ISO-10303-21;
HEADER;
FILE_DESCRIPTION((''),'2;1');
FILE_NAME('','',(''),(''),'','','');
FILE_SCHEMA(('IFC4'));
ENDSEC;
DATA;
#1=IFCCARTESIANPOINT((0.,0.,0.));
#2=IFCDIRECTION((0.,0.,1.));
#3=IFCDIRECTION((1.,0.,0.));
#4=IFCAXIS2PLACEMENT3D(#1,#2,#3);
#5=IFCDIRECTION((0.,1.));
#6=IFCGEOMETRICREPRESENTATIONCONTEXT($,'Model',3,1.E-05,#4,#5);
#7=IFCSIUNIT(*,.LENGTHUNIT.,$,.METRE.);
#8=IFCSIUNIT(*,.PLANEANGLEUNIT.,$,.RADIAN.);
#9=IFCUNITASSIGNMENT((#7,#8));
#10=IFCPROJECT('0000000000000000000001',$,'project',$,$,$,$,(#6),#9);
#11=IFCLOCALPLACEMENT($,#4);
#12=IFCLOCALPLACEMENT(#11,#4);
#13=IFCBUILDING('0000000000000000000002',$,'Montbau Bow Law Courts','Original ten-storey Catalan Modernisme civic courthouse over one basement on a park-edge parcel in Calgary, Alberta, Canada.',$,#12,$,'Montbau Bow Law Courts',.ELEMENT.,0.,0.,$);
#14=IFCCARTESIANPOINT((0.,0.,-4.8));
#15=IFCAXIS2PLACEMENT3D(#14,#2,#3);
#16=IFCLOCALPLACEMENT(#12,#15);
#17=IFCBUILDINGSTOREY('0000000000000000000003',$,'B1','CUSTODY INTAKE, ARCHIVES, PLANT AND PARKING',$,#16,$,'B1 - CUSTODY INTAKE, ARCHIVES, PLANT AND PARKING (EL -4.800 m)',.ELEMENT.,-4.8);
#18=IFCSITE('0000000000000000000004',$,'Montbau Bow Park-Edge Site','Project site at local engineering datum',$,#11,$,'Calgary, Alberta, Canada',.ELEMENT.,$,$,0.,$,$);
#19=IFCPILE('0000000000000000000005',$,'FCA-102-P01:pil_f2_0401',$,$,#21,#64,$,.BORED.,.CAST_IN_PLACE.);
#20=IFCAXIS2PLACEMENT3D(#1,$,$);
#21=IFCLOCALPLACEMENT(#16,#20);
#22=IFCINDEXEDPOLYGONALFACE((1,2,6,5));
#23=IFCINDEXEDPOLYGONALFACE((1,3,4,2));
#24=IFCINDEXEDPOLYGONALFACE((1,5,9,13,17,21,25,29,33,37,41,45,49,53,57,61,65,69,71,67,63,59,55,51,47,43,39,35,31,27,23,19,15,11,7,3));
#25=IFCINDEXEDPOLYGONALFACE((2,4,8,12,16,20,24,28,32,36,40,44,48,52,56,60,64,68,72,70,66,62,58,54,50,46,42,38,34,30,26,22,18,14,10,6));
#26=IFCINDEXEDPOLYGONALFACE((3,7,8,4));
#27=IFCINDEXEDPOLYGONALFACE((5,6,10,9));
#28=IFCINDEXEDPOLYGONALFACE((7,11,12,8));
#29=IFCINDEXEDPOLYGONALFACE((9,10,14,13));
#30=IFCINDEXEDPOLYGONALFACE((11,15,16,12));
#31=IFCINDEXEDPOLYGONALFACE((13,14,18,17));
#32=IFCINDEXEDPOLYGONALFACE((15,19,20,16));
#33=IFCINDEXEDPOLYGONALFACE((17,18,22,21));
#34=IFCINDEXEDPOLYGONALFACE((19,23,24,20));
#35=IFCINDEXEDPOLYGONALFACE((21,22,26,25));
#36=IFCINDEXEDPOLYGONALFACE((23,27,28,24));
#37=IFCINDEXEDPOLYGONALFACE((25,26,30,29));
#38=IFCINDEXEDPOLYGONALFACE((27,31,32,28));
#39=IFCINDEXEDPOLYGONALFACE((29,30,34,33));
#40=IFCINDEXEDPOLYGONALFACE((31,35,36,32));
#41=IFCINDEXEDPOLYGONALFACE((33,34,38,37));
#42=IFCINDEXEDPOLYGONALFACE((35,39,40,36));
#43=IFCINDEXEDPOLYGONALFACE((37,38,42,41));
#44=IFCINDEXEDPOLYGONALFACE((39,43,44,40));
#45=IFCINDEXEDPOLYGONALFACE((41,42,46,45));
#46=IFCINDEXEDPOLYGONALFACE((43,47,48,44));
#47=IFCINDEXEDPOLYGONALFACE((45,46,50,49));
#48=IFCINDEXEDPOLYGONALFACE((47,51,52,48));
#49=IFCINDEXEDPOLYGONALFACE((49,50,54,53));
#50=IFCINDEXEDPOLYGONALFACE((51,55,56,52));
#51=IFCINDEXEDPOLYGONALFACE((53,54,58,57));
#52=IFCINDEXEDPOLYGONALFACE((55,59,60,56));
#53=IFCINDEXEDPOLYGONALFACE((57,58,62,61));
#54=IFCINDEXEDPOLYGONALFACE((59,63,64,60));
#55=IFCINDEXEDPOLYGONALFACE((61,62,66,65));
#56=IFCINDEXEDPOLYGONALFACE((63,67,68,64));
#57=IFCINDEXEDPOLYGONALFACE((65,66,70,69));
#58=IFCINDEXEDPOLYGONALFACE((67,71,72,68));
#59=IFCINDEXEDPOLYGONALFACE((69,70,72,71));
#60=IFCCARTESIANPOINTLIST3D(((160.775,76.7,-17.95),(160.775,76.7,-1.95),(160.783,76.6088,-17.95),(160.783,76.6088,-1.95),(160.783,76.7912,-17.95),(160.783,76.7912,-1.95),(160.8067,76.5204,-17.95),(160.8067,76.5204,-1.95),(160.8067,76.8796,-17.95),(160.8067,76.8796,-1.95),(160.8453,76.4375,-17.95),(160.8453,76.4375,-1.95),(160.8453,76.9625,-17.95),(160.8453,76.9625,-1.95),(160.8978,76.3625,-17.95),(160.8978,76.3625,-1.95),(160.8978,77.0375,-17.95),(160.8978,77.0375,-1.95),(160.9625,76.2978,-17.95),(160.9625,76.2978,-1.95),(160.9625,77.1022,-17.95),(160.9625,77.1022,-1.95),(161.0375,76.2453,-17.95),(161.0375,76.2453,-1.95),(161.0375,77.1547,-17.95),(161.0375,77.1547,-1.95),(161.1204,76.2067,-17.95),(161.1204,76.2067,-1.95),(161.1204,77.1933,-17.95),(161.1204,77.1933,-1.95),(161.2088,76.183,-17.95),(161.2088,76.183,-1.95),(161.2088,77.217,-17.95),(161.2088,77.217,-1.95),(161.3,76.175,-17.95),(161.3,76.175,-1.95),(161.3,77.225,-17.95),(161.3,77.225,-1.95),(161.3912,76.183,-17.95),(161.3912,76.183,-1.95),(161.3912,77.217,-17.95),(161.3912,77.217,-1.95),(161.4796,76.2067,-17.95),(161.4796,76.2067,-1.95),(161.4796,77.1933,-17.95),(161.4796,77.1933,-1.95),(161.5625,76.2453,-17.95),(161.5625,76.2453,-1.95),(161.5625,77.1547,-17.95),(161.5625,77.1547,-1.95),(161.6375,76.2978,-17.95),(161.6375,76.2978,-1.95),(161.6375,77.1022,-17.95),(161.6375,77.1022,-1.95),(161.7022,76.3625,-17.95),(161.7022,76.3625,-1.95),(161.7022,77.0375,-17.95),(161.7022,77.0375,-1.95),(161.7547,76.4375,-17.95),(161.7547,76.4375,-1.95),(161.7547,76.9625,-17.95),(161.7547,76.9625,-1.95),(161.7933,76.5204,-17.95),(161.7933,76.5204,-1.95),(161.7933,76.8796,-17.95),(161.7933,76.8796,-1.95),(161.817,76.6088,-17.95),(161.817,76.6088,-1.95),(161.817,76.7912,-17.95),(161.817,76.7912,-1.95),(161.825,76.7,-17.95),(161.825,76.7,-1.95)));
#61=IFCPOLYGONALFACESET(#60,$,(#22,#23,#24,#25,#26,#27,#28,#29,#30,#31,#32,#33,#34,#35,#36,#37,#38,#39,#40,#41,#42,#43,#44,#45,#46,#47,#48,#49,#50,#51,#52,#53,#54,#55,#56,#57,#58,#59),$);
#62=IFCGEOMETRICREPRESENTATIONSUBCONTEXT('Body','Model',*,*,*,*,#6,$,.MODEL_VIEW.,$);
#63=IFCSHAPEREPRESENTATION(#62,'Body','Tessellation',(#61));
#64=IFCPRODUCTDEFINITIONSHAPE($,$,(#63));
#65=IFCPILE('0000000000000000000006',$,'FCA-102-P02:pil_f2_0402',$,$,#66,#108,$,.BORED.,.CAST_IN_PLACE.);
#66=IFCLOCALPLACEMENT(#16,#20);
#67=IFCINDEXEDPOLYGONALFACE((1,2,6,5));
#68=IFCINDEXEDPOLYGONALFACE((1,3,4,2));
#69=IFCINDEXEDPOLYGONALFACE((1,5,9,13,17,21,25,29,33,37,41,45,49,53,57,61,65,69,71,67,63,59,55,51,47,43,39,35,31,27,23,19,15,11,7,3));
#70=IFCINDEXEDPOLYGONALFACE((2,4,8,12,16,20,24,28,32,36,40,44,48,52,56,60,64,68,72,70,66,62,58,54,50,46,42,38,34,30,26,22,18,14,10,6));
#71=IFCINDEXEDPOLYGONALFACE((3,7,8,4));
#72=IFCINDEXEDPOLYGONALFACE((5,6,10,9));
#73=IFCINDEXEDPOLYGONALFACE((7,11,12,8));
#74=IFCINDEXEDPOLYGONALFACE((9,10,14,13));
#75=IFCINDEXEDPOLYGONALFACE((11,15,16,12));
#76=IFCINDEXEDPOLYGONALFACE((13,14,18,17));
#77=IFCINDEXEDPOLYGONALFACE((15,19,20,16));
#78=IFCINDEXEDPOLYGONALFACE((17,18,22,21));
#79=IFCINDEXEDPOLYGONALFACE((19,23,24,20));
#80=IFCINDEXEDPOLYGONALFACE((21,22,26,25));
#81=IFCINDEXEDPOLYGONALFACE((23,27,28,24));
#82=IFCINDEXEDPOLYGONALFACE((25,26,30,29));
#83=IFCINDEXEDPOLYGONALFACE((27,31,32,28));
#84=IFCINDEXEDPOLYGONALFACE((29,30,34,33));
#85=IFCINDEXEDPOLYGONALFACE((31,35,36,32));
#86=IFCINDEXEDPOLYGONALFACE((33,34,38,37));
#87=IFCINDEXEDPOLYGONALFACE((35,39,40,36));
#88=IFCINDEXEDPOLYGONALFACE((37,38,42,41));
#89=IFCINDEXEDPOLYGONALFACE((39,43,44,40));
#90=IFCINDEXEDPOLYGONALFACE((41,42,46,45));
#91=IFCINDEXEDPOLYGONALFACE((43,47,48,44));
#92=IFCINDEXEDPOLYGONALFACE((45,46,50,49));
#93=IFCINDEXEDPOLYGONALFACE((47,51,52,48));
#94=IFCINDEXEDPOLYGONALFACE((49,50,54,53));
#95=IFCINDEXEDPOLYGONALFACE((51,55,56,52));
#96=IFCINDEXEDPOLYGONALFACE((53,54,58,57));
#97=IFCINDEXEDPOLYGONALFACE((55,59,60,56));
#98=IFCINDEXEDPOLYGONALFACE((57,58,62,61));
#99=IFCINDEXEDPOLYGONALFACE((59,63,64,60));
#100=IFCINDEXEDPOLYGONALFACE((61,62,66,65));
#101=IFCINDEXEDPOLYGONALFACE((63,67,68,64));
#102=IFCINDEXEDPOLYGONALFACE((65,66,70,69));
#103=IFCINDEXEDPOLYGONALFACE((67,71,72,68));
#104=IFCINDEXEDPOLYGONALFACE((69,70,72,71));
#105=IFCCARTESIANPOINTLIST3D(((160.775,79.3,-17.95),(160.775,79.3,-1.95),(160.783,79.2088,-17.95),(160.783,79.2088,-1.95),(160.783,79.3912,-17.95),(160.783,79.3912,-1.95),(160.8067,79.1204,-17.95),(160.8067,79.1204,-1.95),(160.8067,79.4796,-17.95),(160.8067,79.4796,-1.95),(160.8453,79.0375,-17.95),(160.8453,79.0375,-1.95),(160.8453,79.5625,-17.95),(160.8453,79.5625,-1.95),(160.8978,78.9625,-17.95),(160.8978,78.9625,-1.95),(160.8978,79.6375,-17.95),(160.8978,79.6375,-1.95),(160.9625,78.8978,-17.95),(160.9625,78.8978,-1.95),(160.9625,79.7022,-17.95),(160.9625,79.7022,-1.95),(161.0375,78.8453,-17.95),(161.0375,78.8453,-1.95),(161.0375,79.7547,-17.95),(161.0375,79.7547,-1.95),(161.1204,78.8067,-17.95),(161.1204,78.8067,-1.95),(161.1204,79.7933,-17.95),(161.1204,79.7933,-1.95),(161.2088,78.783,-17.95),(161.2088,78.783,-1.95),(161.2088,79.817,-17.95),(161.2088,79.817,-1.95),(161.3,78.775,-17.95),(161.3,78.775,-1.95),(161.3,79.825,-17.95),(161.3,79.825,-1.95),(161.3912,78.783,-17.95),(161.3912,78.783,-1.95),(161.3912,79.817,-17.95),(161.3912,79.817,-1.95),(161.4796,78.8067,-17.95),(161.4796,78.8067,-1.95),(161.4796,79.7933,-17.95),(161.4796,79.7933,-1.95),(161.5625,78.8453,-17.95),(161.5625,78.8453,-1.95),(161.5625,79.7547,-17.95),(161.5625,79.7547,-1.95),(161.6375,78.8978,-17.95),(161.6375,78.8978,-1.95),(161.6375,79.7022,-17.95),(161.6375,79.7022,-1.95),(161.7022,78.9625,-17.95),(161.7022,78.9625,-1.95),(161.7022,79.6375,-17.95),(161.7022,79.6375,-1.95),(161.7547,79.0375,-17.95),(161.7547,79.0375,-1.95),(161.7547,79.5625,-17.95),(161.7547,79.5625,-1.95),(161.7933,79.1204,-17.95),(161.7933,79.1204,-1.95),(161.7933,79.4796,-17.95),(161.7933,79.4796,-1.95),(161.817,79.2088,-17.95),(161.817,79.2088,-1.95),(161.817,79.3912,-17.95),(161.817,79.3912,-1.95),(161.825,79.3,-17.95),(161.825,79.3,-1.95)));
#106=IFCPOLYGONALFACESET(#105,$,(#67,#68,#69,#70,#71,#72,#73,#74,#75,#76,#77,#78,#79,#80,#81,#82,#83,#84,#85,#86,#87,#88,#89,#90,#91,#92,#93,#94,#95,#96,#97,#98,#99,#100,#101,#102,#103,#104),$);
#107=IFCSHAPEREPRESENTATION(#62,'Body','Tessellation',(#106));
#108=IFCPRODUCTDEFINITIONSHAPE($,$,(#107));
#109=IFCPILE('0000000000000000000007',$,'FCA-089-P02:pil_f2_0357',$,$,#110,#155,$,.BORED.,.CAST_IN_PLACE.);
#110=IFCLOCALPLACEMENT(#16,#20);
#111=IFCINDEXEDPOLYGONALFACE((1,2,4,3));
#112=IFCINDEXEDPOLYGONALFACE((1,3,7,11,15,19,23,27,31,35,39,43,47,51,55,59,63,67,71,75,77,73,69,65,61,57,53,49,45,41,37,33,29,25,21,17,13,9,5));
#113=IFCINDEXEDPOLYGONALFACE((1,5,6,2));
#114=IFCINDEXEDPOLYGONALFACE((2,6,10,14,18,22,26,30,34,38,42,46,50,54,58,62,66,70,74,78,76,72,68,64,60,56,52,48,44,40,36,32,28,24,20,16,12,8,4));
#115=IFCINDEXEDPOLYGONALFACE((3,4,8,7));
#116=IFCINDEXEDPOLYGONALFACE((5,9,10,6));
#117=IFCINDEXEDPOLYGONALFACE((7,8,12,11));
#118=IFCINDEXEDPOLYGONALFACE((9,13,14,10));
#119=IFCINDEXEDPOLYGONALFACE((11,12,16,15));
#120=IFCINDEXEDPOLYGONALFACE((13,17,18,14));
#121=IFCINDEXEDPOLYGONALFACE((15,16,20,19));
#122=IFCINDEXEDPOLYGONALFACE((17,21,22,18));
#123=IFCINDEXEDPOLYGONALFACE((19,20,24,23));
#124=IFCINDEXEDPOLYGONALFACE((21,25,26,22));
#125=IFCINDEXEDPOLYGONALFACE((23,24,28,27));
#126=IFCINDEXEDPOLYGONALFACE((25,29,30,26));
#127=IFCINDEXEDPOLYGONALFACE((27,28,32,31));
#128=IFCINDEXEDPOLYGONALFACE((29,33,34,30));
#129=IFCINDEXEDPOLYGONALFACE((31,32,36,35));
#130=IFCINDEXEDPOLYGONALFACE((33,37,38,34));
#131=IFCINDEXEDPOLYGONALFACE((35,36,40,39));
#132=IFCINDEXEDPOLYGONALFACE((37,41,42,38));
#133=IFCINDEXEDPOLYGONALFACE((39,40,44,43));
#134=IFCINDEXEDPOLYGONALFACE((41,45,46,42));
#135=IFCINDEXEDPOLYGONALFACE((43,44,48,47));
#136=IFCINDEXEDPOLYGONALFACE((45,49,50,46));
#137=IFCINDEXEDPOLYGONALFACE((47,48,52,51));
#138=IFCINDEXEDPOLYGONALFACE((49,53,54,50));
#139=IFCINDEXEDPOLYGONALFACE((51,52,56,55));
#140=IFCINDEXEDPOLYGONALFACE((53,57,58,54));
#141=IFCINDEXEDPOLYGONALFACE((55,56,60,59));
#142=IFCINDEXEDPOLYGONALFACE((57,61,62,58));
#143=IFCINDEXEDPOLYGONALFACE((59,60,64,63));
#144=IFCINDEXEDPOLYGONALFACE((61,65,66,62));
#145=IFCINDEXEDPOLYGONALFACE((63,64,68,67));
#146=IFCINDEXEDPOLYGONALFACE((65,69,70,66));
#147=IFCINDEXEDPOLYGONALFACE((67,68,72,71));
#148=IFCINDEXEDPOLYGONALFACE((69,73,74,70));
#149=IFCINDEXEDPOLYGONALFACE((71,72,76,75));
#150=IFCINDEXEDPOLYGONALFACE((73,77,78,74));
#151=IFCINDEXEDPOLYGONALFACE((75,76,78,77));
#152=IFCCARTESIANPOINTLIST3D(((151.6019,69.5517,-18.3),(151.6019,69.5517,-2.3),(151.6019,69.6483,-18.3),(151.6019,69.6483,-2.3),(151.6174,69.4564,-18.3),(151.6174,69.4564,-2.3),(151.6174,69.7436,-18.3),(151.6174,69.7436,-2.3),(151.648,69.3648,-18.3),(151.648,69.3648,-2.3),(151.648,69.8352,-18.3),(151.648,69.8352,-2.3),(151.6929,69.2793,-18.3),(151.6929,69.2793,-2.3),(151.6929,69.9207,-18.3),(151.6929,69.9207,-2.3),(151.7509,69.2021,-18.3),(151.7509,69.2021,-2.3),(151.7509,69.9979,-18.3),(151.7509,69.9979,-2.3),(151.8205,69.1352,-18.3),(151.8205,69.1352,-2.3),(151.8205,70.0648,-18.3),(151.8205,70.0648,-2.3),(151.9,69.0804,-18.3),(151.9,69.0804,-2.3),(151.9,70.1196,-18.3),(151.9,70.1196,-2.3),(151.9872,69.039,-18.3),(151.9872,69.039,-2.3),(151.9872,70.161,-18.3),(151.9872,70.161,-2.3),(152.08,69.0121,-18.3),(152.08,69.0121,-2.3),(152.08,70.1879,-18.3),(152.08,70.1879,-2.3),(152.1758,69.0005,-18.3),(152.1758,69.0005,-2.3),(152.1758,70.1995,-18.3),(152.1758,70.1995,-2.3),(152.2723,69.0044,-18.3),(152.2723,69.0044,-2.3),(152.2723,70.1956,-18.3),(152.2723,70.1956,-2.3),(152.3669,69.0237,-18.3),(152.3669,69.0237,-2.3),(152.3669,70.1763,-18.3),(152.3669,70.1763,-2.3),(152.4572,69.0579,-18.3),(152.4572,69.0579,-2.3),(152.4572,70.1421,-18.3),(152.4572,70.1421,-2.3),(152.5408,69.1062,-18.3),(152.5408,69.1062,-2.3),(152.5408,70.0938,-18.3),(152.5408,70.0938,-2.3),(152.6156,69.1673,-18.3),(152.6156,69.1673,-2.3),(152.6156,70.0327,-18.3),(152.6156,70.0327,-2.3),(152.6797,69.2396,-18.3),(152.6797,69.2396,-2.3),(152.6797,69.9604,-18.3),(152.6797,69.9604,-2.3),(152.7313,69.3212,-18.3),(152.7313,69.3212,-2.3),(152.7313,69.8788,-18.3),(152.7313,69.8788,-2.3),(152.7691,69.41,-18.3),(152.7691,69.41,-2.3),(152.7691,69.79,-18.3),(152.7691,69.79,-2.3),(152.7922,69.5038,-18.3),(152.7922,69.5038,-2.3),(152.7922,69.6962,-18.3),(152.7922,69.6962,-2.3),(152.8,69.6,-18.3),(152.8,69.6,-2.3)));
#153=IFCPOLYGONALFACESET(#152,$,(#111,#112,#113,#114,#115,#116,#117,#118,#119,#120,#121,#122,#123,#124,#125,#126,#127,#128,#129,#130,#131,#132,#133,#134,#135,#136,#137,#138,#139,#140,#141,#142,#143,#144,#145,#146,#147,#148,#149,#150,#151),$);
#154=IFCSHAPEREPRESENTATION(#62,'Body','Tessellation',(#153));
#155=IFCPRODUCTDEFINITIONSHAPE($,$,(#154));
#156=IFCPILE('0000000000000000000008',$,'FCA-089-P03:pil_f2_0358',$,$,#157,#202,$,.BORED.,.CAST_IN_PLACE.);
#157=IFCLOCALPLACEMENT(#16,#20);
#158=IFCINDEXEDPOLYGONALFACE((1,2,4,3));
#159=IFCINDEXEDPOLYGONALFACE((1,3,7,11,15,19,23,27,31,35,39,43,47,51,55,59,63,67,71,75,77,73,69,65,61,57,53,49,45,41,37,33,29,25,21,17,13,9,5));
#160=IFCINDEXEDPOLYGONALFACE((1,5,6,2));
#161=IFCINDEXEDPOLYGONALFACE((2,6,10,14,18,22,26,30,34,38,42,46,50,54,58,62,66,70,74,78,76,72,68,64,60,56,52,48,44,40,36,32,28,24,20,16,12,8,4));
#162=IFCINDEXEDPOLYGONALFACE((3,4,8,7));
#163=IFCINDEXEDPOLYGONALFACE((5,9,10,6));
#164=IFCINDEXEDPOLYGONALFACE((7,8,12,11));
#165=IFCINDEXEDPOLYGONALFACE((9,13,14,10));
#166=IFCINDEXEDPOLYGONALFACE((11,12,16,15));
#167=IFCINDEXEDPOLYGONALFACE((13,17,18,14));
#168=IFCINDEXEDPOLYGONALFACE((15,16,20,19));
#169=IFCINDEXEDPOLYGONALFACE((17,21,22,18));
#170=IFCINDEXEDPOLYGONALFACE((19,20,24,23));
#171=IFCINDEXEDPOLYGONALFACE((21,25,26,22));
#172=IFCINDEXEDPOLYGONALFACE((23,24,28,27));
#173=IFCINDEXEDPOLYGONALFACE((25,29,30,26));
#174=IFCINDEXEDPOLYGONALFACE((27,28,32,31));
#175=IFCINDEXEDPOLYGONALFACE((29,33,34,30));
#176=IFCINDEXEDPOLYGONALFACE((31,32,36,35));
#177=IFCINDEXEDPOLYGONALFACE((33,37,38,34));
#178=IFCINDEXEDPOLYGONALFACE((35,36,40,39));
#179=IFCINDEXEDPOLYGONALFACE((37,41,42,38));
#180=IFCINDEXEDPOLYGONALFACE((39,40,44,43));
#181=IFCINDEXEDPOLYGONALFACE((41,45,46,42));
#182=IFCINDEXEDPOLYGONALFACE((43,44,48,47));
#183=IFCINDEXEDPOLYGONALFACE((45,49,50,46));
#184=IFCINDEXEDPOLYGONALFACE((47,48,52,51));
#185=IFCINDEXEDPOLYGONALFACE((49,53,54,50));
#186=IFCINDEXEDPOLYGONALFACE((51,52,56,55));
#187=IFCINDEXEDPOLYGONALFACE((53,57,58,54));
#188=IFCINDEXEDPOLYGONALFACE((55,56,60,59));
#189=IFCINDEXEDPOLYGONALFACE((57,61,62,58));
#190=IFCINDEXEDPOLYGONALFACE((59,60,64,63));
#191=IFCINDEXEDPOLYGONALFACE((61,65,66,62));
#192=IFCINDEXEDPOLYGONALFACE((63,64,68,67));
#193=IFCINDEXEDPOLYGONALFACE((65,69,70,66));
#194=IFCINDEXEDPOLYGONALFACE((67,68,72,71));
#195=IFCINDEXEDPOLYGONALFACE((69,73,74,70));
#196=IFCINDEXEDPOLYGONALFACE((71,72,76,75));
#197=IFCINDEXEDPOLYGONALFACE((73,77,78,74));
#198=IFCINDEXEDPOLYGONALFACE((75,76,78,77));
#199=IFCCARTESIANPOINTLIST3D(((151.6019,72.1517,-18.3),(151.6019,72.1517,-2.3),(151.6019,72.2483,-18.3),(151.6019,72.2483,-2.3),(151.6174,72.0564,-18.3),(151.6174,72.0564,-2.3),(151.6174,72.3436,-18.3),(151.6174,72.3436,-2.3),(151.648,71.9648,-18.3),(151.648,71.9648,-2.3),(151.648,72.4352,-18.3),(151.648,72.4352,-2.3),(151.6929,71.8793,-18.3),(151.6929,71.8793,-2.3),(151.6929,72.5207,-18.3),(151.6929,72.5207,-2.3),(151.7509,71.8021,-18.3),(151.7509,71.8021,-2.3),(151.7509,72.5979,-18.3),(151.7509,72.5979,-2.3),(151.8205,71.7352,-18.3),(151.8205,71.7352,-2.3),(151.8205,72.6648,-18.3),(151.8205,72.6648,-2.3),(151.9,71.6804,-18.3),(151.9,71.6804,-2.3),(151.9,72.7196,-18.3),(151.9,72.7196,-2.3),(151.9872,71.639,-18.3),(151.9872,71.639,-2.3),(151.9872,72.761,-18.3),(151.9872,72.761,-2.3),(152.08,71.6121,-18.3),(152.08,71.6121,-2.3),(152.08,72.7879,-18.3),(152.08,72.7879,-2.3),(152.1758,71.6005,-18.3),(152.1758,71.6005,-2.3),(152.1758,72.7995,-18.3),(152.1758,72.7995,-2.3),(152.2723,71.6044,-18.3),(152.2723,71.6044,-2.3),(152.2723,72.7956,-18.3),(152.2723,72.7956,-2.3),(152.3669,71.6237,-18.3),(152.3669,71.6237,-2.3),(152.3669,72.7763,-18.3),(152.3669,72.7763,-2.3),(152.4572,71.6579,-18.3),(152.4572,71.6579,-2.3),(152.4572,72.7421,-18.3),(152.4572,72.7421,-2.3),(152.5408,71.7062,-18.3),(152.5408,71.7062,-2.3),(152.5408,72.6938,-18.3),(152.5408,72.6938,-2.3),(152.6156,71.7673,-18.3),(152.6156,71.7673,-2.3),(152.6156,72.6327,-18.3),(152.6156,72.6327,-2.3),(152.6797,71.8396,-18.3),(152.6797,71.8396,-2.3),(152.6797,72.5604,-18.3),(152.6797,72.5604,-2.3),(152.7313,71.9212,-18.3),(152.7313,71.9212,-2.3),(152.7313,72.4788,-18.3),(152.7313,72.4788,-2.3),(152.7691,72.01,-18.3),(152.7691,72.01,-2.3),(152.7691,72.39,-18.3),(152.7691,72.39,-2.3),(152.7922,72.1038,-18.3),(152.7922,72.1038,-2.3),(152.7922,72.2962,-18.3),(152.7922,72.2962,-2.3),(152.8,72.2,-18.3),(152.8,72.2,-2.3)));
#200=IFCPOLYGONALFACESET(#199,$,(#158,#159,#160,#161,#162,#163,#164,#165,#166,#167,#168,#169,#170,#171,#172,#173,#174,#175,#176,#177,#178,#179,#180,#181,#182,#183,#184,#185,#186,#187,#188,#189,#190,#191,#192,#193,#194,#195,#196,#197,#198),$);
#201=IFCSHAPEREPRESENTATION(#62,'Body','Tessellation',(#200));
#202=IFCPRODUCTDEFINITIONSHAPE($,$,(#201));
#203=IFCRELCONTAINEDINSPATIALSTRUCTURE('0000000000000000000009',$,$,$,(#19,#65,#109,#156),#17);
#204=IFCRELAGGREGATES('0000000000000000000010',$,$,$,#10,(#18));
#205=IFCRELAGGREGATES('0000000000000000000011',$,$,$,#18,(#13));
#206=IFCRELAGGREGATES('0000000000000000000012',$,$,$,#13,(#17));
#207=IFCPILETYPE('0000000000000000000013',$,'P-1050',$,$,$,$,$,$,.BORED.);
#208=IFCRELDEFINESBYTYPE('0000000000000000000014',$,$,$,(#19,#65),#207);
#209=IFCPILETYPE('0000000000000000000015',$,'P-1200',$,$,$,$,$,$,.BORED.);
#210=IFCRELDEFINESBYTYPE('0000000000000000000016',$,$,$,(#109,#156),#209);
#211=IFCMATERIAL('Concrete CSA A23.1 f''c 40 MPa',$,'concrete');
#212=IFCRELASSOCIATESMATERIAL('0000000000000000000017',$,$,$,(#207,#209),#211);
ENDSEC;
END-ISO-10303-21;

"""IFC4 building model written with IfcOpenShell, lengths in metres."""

from ifc_helpers import new_model, si_unit, direction, frame, origin_with_axes, origin_2d_with_axis, place, context, subcontext, project, spatial, circle, extrude, material, material_profile, profile_set, type_object, element, save


model = new_model("IFC4")

# Units and contexts
model_context = context("Model", 3, precision=1e-05, world=origin_with_axes(), true_north=direction((0.0, 1.0)))
body_context = subcontext(model_context, "Body", "Model", "MODEL_VIEW")
ifc_project = project(units=[si_unit("LENGTHUNIT", "METRE"), si_unit("PLANEANGLEUNIT", "RADIAN")], contexts=[model_context])

# Site, building, storey
site_placement = place(None, origin_with_axes())
site = spatial("IfcSite", under=ifc_project, at=site_placement, Name="Montbau Bow Park-Edge Site", Description="Project site at local engineering datum", LongName="Calgary, Alberta, Canada", CompositionType="ELEMENT", RefElevation=0.0)
building_placement = place(site_placement, origin_with_axes())
building = spatial("IfcBuilding", under=site, at=building_placement, Name="Montbau Bow Law Courts", Description="Original ten-storey Catalan Modernisme civic courthouse over one basement on a park-edge parcel in Calgary, Alberta, Canada.", LongName="Montbau Bow Law Courts", CompositionType="ELEMENT", ElevationOfRefHeight=0.0, ElevationOfTerrain=0.0)
storey_placement = place(building_placement, frame((0.0, 0.0, -4.8), z_axis=(0.0, 0.0, 1.0), x_axis=(1.0, 0.0, 0.0)))
storey = spatial("IfcBuildingStorey", under=building, at=storey_placement, Name="B1", Description="CUSTODY INTAKE, ARCHIVES, PLANT AND PARKING", LongName="B1 - CUSTODY INTAKE, ARCHIVES, PLANT AND PARKING (EL -4.800 m)", CompositionType="ELEMENT", Elevation=-4.8)

# Piles
ifc_material_1 = material(Name="Concrete CSA A23.1 f'c 40 MPa", Category="concrete")
ifc_material_profile_1 = material_profile(ifc_material_1, circle(Radius=0.525, at=origin_2d_with_axis()), Name="BP1050", Category="Main", Priority=0)
ifc_profile_set_1 = profile_set([ifc_material_profile_1], Name="Concrete CSA A23.1 f'c 40 MPa")
pile_type_1 = type_object("IfcPileType", Name="P-1050", PredefinedType="BORED", material=ifc_profile_set_1)
for number, where, z_axis, x_axis, name in (
    (1, (161.3, 76.7, -22.75), (0.0, 0.0, 1.0), (1.0, 0.0, 0.0), "FCA-102-P01:pil_f2_0401"),
    (2, (161.3, 79.3, -22.75), (0.0, 0.0, 1.0), (1.0, 0.0, 0.0), "FCA-102-P02:pil_f2_0402"),
):
    element("IfcPile", number, at=place(None, frame(where, z_axis=z_axis, x_axis=x_axis)), inside=storey, type_object=pile_type_1, Name=name, ConstructionType="CAST_IN_PLACE", PredefinedType="BORED", context=body_context, shape_type="SweptSolid", body=[
        extrude(circle(Radius=0.525, at=origin_2d_with_axis()), origin_with_axes(), (0.0, 0.0, 1.0), 16.0),
    ])
ifc_material_profile_2 = material_profile(ifc_material_1, circle(Radius=0.6, at=origin_2d_with_axis()), Name="BP1200", Category="Main", Priority=0)
ifc_profile_set_2 = profile_set([ifc_material_profile_2], Name="Concrete CSA A23.1 f'c 40 MPa")
pile_type_2 = type_object("IfcPileType", Name="P-1200", PredefinedType="BORED", material=ifc_profile_set_2)
for number, where, z_axis, x_axis, name in (
    (3, (152.2, 69.6, -23.1), (0.0, 0.0, 1.0), (1.0, 0.0, 0.0), "FCA-089-P02:pil_f2_0357"),
    (4, (152.2, 72.2, -23.1), (0.0, 0.0, 1.0), (1.0, 0.0, 0.0), "FCA-089-P03:pil_f2_0358"),
):
    element("IfcPile", number, at=place(None, frame(where, z_axis=z_axis, x_axis=x_axis)), inside=storey, type_object=pile_type_2, Name=name, ConstructionType="CAST_IN_PLACE", PredefinedType="BORED", context=body_context, shape_type="SweptSolid", body=[
        extrude(circle(Radius=0.6, at=origin_2d_with_axis()), origin_with_axes(), (0.0, 0.0, 1.0), 16.0),
    ])

save(model, "model.ifc")
